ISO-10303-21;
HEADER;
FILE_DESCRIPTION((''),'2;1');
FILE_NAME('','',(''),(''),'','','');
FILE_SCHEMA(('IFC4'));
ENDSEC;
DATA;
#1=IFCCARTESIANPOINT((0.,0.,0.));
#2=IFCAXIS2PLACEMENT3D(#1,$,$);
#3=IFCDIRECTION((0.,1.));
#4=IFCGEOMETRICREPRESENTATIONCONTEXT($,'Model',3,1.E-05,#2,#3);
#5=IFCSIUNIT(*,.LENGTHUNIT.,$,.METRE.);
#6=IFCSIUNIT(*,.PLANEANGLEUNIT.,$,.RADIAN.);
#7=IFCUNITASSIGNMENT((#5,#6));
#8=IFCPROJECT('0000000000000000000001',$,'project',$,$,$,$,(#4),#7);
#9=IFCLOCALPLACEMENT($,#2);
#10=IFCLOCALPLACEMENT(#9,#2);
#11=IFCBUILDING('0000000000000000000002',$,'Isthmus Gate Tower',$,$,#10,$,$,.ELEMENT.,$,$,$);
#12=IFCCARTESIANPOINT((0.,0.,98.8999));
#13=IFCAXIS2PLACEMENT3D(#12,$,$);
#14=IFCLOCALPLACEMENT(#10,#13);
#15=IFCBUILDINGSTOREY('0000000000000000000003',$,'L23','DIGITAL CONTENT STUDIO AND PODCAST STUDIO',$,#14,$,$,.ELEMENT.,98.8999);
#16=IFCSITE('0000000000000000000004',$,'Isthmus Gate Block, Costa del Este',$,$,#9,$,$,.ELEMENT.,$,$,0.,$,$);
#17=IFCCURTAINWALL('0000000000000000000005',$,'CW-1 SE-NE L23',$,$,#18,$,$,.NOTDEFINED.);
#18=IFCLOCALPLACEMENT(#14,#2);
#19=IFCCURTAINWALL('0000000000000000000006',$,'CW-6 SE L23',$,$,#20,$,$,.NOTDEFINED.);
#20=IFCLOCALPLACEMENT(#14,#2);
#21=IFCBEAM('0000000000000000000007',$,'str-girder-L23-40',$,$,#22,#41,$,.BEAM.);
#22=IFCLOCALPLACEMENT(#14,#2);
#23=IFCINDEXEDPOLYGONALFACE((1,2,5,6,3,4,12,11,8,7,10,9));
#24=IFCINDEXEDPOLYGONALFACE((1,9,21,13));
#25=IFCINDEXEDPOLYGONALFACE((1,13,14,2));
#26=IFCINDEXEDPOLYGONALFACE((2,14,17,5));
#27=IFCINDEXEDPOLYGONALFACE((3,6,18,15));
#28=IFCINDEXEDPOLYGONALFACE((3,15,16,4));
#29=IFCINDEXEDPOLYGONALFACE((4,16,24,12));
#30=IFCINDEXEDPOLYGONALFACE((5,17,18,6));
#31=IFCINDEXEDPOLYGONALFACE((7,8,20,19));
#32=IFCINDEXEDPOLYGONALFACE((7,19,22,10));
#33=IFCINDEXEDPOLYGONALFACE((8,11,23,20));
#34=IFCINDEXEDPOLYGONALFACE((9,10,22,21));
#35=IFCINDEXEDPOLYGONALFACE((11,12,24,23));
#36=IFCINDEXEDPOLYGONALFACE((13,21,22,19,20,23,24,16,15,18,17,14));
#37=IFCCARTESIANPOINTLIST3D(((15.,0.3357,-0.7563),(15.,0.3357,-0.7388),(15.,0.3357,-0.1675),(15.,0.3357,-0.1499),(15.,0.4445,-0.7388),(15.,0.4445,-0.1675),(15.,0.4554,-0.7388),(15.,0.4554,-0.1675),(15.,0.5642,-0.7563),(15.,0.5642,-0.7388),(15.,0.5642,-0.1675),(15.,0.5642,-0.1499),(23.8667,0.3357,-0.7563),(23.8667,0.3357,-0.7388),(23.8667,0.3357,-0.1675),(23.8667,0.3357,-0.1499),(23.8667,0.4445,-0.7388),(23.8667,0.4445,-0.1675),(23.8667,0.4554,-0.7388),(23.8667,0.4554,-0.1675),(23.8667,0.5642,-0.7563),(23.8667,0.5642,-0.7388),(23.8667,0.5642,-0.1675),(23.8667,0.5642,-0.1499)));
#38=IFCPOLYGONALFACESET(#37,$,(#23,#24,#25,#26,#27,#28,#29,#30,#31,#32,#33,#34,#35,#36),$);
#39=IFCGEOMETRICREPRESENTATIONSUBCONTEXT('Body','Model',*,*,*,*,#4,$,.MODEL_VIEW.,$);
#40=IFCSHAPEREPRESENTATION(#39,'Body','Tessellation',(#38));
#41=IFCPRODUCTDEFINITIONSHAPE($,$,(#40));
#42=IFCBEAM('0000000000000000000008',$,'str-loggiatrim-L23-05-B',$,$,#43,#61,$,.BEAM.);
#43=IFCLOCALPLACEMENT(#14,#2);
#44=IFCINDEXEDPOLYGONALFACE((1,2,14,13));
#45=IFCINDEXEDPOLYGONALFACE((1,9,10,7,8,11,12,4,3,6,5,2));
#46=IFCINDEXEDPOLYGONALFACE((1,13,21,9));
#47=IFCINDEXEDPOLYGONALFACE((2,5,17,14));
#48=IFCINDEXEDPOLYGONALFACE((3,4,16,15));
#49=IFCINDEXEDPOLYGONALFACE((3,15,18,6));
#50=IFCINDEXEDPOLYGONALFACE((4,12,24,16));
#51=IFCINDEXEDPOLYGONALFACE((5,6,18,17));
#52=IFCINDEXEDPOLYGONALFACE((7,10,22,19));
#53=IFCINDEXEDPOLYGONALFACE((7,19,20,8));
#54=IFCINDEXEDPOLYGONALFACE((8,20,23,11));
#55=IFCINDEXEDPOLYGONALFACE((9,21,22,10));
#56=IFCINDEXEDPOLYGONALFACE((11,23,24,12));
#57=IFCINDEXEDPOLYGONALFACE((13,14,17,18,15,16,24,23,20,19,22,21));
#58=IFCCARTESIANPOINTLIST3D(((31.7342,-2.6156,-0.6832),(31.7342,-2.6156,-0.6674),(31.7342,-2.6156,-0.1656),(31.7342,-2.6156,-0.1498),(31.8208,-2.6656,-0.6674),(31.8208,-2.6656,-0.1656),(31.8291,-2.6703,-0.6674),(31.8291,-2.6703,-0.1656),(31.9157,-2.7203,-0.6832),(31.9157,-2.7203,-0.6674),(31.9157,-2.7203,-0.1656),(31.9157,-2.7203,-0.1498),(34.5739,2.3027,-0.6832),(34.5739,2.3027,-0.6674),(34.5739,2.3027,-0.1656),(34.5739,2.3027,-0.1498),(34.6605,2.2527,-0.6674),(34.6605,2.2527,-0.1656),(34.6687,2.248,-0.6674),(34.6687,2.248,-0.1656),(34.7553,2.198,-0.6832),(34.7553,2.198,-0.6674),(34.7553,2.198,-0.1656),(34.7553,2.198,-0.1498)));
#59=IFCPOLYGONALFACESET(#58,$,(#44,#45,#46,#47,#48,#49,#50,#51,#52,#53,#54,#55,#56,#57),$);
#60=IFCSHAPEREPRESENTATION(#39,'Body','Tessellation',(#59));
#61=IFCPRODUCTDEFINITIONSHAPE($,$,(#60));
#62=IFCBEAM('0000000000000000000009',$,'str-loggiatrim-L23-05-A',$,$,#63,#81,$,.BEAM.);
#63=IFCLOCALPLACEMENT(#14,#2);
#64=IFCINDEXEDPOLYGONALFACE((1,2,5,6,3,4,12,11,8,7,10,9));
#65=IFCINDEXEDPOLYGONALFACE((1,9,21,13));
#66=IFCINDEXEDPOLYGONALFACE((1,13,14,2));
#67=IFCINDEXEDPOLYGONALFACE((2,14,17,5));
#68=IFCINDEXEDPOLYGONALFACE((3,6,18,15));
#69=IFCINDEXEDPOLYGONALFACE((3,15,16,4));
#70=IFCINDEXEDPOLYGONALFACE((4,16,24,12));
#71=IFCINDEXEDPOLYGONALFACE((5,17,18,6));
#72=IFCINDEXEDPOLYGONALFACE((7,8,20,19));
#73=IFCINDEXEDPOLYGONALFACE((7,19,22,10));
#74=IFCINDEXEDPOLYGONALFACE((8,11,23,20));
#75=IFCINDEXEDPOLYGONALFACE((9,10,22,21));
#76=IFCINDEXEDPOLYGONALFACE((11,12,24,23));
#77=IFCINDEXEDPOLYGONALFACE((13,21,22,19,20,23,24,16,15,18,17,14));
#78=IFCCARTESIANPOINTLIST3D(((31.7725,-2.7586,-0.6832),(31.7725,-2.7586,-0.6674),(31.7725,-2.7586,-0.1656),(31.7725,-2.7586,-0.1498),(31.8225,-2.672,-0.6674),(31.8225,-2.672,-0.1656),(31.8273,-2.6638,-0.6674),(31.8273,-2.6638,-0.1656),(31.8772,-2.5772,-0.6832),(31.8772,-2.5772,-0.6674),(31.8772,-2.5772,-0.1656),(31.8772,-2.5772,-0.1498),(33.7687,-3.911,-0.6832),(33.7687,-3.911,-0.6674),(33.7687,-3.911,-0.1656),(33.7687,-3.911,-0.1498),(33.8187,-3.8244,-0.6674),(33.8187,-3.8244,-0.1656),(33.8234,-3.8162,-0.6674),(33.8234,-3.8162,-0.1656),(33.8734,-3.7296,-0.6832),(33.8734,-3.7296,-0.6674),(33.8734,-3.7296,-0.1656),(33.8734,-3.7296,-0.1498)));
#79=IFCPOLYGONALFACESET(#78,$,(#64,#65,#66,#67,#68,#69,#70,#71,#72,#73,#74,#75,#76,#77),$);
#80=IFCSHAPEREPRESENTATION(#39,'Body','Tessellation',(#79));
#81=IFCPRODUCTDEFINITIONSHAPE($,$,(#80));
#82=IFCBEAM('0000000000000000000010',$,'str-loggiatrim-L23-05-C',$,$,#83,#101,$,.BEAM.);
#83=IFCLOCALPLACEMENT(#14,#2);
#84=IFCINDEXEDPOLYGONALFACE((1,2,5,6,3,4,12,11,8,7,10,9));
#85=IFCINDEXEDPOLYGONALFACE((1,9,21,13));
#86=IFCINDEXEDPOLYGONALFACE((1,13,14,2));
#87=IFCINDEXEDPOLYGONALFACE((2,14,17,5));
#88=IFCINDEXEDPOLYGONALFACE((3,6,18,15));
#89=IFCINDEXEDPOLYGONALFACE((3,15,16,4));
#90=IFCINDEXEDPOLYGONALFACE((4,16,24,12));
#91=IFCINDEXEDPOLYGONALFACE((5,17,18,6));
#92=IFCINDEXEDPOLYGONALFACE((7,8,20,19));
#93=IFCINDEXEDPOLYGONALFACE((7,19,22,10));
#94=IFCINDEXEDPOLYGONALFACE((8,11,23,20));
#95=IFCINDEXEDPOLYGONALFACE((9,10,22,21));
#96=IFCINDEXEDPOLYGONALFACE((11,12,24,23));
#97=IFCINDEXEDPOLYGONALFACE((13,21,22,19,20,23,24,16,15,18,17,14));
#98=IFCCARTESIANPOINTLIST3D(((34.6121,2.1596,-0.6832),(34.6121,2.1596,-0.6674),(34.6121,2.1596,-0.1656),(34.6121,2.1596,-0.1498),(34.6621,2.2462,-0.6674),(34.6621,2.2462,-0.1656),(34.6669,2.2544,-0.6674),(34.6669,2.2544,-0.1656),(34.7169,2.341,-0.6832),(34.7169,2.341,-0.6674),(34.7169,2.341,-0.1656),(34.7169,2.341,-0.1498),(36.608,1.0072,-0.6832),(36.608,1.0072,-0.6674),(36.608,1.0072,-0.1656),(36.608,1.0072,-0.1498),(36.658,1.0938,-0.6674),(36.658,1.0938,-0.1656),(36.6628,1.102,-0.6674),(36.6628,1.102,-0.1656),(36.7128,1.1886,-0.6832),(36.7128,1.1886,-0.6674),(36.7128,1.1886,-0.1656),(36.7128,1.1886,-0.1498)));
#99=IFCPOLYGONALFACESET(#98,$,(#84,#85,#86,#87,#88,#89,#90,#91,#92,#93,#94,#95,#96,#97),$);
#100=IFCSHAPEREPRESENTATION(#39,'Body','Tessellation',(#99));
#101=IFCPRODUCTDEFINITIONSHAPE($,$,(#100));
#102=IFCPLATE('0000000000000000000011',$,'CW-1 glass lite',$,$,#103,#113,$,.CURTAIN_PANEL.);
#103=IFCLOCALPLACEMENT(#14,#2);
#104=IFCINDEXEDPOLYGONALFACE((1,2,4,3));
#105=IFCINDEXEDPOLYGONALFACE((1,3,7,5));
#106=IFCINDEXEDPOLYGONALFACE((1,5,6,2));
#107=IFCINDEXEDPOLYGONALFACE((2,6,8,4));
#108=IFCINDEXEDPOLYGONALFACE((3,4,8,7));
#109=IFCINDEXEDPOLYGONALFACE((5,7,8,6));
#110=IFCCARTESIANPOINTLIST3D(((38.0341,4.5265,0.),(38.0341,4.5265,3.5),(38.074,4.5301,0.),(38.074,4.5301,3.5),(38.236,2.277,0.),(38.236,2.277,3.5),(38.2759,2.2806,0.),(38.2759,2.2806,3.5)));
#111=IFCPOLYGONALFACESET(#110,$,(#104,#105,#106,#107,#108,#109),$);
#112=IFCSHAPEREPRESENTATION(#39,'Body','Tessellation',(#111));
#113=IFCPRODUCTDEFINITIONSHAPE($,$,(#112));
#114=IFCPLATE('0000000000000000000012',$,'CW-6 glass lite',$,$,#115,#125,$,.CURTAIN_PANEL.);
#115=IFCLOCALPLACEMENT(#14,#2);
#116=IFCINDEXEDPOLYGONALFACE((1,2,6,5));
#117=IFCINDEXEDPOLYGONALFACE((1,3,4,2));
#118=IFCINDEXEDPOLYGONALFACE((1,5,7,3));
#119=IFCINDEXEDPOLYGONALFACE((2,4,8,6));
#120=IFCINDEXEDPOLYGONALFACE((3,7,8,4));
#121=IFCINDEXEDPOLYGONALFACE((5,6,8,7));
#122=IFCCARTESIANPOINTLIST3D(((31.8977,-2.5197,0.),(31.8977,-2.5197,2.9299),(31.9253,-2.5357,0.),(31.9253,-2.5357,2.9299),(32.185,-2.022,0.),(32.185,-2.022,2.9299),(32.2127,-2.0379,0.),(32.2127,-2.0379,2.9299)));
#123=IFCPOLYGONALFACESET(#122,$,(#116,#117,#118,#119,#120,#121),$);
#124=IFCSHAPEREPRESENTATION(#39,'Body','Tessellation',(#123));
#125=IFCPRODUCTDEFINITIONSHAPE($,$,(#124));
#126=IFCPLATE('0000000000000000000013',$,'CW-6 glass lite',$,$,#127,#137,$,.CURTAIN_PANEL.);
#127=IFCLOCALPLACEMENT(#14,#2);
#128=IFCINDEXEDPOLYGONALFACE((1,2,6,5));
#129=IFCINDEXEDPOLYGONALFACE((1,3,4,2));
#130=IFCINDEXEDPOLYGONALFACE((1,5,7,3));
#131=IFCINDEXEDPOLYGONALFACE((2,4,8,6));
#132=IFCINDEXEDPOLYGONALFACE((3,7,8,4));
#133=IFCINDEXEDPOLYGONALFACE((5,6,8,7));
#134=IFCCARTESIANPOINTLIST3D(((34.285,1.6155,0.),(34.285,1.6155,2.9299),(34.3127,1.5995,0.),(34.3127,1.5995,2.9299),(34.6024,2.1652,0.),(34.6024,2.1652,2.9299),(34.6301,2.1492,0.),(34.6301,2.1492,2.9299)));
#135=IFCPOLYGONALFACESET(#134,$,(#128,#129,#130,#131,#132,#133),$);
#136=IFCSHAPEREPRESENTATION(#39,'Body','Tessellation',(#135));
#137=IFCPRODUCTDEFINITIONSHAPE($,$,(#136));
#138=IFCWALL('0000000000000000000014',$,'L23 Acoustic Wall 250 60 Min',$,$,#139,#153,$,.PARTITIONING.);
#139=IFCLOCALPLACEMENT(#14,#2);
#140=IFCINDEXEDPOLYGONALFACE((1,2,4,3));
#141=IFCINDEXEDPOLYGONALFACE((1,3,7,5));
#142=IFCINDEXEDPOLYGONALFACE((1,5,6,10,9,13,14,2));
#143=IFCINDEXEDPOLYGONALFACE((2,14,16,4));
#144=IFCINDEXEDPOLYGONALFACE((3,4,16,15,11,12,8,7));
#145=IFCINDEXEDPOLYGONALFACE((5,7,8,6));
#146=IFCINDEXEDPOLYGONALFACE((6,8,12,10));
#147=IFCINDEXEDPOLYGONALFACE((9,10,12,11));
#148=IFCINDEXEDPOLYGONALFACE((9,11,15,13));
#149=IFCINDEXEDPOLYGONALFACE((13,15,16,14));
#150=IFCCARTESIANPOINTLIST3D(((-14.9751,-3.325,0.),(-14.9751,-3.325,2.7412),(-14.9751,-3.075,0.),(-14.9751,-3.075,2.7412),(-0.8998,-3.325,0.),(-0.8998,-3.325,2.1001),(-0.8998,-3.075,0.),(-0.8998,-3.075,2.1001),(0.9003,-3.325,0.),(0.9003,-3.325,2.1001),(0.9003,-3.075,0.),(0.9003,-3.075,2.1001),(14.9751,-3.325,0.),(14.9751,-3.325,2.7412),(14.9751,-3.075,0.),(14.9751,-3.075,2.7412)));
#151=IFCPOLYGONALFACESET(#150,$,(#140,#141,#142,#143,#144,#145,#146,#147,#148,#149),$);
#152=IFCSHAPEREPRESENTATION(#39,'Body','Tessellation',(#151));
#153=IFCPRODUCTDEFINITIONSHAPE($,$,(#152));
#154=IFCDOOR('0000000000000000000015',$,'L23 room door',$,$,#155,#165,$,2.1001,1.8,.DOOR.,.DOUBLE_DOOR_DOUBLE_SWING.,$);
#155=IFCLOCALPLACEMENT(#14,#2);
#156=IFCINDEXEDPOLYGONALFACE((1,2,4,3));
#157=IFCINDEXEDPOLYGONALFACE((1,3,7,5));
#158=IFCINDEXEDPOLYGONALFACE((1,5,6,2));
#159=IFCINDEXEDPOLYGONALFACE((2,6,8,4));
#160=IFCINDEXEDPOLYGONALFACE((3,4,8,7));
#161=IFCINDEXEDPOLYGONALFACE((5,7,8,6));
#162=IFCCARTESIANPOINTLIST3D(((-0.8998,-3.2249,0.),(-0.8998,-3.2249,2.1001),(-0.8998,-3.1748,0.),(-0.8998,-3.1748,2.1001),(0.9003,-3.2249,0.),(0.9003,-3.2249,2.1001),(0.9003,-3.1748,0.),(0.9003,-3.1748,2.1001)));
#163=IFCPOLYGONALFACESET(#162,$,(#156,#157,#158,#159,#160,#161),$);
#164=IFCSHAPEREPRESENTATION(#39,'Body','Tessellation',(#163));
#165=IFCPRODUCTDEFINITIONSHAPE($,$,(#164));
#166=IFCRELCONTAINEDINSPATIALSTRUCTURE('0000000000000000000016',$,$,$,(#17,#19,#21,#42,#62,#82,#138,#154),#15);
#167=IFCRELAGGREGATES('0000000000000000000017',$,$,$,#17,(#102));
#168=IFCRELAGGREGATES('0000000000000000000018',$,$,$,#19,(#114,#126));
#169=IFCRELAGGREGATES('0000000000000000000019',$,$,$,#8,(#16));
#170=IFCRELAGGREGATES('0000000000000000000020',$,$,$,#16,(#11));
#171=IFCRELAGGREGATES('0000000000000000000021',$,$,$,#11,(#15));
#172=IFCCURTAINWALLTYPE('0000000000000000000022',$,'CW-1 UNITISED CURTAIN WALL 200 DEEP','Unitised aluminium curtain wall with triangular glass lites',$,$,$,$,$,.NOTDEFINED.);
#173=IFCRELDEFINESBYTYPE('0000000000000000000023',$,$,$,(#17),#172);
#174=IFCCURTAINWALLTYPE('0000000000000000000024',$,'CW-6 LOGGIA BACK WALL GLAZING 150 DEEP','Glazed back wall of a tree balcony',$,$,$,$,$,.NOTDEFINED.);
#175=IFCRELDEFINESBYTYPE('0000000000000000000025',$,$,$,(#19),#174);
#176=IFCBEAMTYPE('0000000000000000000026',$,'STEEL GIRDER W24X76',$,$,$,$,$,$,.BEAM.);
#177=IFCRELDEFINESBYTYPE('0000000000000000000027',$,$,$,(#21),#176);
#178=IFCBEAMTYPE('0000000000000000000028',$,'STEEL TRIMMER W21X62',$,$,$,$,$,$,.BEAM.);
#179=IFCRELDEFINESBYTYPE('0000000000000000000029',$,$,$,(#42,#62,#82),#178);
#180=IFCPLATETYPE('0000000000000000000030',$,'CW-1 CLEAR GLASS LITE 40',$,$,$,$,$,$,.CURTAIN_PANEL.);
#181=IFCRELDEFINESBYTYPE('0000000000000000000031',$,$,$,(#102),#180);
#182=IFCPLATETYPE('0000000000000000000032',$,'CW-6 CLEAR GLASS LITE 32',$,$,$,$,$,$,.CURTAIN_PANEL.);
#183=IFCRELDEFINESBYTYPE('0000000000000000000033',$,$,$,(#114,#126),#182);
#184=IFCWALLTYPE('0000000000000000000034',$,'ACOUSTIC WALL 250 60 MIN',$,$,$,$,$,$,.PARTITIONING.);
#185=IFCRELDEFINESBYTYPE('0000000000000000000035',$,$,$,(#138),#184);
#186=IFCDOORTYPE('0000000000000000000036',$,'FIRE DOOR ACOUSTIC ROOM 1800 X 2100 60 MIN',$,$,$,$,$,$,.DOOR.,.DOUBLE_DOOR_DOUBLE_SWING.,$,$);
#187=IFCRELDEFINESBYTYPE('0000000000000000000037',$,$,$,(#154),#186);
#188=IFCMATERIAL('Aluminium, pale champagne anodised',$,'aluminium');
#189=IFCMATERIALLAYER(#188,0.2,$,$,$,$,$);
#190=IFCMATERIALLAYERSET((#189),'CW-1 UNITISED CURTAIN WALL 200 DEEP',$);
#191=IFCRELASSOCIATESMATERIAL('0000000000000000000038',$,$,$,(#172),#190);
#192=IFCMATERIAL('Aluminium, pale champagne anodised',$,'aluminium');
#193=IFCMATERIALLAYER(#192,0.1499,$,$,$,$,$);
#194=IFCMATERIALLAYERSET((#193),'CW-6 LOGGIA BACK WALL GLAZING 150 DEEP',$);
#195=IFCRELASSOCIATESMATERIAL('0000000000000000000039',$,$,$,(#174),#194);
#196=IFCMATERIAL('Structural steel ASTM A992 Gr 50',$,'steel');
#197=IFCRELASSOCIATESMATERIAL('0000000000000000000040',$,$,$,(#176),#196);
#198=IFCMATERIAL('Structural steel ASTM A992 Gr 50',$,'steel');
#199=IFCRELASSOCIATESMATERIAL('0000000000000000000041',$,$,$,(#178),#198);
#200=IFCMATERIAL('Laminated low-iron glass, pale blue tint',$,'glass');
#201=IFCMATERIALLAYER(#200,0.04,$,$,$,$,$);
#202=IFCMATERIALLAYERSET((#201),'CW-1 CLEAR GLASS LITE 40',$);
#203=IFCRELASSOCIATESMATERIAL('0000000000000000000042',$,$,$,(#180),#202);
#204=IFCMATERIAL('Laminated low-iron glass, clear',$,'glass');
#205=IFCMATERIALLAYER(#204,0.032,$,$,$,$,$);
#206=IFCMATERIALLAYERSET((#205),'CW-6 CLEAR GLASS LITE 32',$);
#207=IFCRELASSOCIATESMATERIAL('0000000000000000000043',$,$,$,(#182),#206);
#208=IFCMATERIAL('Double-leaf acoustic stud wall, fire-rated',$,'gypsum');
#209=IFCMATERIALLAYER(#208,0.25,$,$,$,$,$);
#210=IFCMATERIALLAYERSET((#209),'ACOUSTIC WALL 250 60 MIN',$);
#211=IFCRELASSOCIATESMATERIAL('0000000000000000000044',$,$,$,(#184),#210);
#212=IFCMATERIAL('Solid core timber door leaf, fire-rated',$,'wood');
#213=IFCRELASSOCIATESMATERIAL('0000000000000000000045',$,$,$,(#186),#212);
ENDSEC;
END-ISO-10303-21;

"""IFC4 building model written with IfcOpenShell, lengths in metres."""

from ifc_helpers import new_model, si_unit, direction, frame, frame_2d, origin, origin_2d, place, context, subcontext, project, spatial, rectangle, i_section, extrude, material, layer, layer_set, material_profile, profile_set, type_object, element, fill, aggregate, save


model = new_model("IFC4")

# Units and contexts
model_context = context("Model", 3, precision=1e-05, world=origin(), true_north=direction((0.0, 1.0)))
body_context = subcontext(model_context, "Body", "Model", "MODEL_VIEW")
ifc_project = project(units=[si_unit("LENGTHUNIT", "METRE"), si_unit("PLANEANGLEUNIT", "RADIAN")], contexts=[model_context])

# Site, building, storey
site_placement = place(None, origin())
site = spatial("IfcSite", under=ifc_project, at=site_placement, Name="Isthmus Gate Block, Costa del Este", CompositionType="ELEMENT", RefElevation=0.0)
building_placement = place(site_placement, origin())
building = spatial("IfcBuilding", under=site, at=building_placement, Name="Isthmus Gate Tower", CompositionType="ELEMENT")
storey_placement = place(building_placement, frame((0.0, 0.0, 98.8999)))
storey = spatial("IfcBuildingStorey", under=building, at=storey_placement, Name="L23", Description="DIGITAL CONTENT STUDIO AND PODCAST STUDIO", CompositionType="ELEMENT", Elevation=98.8999)

# Curtain walls
ifc_material_1 = material(Name="Aluminium, pale champagne anodised", Category="aluminium")
ifc_layer_1 = layer(ifc_material_1, 0.2)
ifc_layer_set_1 = layer_set([ifc_layer_1], Name="CW-1 UNITISED CURTAIN WALL 200 DEEP")
curtain_wall_type_1 = type_object("IfcCurtainWallType", Name="CW-1 UNITISED CURTAIN WALL 200 DEEP", Description="Unitised aluminium curtain wall with triangular glass lites", PredefinedType="NOTDEFINED", material=ifc_layer_set_1)
curtain_wall_1_placement = place(storey_placement, origin())
curtain_wall_1 = element("IfcCurtainWall", 1, at=curtain_wall_1_placement, inside=storey, type_object=curtain_wall_type_1, Name="CW-1 SE-NE L23", PredefinedType="NOTDEFINED")
ifc_material_2 = material(Name="Aluminium, pale champagne anodised", Category="aluminium")
ifc_layer_2 = layer(ifc_material_2, 0.1499)
ifc_layer_set_2 = layer_set([ifc_layer_2], Name="CW-6 LOGGIA BACK WALL GLAZING 150 DEEP")
curtain_wall_type_2 = type_object("IfcCurtainWallType", Name="CW-6 LOGGIA BACK WALL GLAZING 150 DEEP", Description="Glazed back wall of a tree balcony", PredefinedType="NOTDEFINED", material=ifc_layer_set_2)
curtain_wall_2_placement = place(storey_placement, origin())
curtain_wall_2 = element("IfcCurtainWall", 2, at=curtain_wall_2_placement, inside=storey, type_object=curtain_wall_type_2, Name="CW-6 SE L23", PredefinedType="NOTDEFINED")

# Beams
ifc_material_3 = material(Name="Structural steel ASTM A992 Gr 50", Category="steel")
ifc_material_profile_1 = material_profile(ifc_material_3, i_section(OverallWidth=0.2285, OverallDepth=0.6064, WebThickness=0.011, FlangeThickness=0.0176, at=origin_2d()), Name="W24X76")
ifc_profile_set_1 = profile_set([ifc_material_profile_1], Name="Structural steel ASTM A992 Gr 50")
beam_type_1 = type_object("IfcBeamType", Name="STEEL GIRDER W24X76", PredefinedType="BEAM", material=ifc_profile_set_1)
beam_1_placement = place(storey_placement, frame((15.0, 0.45, -0.4531), z_axis=(1.0, 0.0, 0.0), x_axis=(0.0, 1.0, 0.0)))
element("IfcBeam", 3, at=beam_1_placement, inside=storey, type_object=beam_type_1, Name="str-girder-L23-40", PredefinedType="BEAM", context=body_context, shape_type="SweptSolid", body=[
    extrude(i_section(OverallWidth=0.2285, OverallDepth=0.6064, WebThickness=0.011, FlangeThickness=0.0176, at=origin_2d()), origin(), (0.0, 0.0, 1.0), 8.8667),
])
ifc_material_4 = material(Name="Structural steel ASTM A992 Gr 50", Category="steel")
ifc_material_profile_2 = material_profile(ifc_material_4, i_section(OverallWidth=0.2095, OverallDepth=0.5334, WebThickness=0.0095, FlangeThickness=0.0159, at=origin_2d()), Name="W21X62")
ifc_profile_set_2 = profile_set([ifc_material_profile_2], Name="Structural steel ASTM A992 Gr 50")
beam_type_2 = type_object("IfcBeamType", Name="STEEL TRIMMER W21X62", PredefinedType="BEAM", material=ifc_profile_set_2)
beam_2_placement = place(storey_placement, frame((31.825, -2.668, -0.4165), z_axis=(0.500009, 0.86602, 0.0), x_axis=(-0.86602, 0.500009, 0.0)))
element("IfcBeam", 4, at=beam_2_placement, inside=storey, type_object=beam_type_2, Name="str-loggiatrim-L23-05-B", PredefinedType="BEAM", context=body_context, shape_type="SweptSolid", body=[
    extrude(i_section(OverallWidth=0.2095, OverallDepth=0.5334, WebThickness=0.0095, FlangeThickness=0.0159, at=origin_2d()), origin(), (0.0, 0.0, 1.0), 5.6792),
])
beam_3_placement = place(storey_placement, frame((33.821, -3.8203, -0.4165), z_axis=(-0.866044, 0.499967, 0.0), x_axis=(-0.499967, -0.866044, 0.0)))
element("IfcBeam", 5, at=beam_3_placement, inside=storey, type_object=beam_type_2, Name="str-loggiatrim-L23-05-A", PredefinedType="BEAM", context=body_context, shape_type="SweptSolid", body=[
    extrude(i_section(OverallWidth=0.2095, OverallDepth=0.5334, WebThickness=0.0095, FlangeThickness=0.0159, at=origin_2d()), origin(), (0.0, 0.0, 1.0), 2.3049),
])
beam_4_placement = place(storey_placement, frame((36.6604, 1.0979, -0.4165), z_axis=(-0.866018, 0.500013, 0.0), x_axis=(-0.500013, -0.866018, 0.0)))
element("IfcBeam", 6, at=beam_4_placement, inside=storey, type_object=beam_type_2, Name="str-loggiatrim-L23-05-C", PredefinedType="BEAM", context=body_context, shape_type="SweptSolid", body=[
    extrude(i_section(OverallWidth=0.2095, OverallDepth=0.5334, WebThickness=0.0095, FlangeThickness=0.0159, at=origin_2d()), origin(), (0.0, 0.0, 1.0), 2.3047),
])

# Plates
ifc_material_5 = material(Name="Laminated low-iron glass, pale blue tint", Category="glass")
ifc_layer_3 = layer(ifc_material_5, 0.04)
ifc_layer_set_3 = layer_set([ifc_layer_3], Name="CW-1 CLEAR GLASS LITE 40")
plate_type_1 = type_object("IfcPlateType", Name="CW-1 CLEAR GLASS LITE 40", PredefinedType="CURTAIN_PANEL", material=ifc_layer_set_3)
plate_1_placement = place(storey_placement, frame((38.155, 3.4036, 0.0), z_axis=(0.0, 0.0, 1.0), x_axis=(-0.089397, 0.995996, 0.0)))
plate_1 = element("IfcPlate", 7, at=plate_1_placement, type_object=plate_type_1, Name="CW-1 glass lite", PredefinedType="CURTAIN_PANEL", context=body_context, shape_type="SweptSolid", body=[
    extrude(rectangle(XDim=2.2585, YDim=0.04, at=origin_2d()), origin(), (0.0, 0.0, 1.0), 3.5),
])
aggregate(curtain_wall_1, [plate_1])
ifc_material_6 = material(Name="Laminated low-iron glass, clear", Category="glass")
ifc_layer_4 = layer(ifc_material_6, 0.032)
ifc_layer_set_4 = layer_set([ifc_layer_4], Name="CW-6 CLEAR GLASS LITE 32")
plate_type_2 = type_object("IfcPlateType", Name="CW-6 CLEAR GLASS LITE 32", PredefinedType="CURTAIN_PANEL", material=ifc_layer_set_4)
plate_2_placement = place(storey_placement, frame((32.0552, -2.2788, 0.0), z_axis=(0.0, 0.0, 1.0), x_axis=(0.5, 0.866025, 0.0)))
plate_2 = element("IfcPlate", 8, at=plate_2_placement, type_object=plate_type_2, Name="CW-6 glass lite", PredefinedType="CURTAIN_PANEL", context=body_context, shape_type="SweptSolid", body=[
    extrude(rectangle(XDim=0.5747, YDim=0.032, at=origin_2d()), origin(), (0.0, 0.0, 1.0), 2.9299),
])
plate_3_placement = place(storey_placement, frame((34.4575, 1.8823, 0.0), z_axis=(0.0, 0.0, 1.0), x_axis=(0.5, 0.866025, 0.0)))
plate_3 = element("IfcPlate", 9, at=plate_3_placement, type_object=plate_type_2, Name="CW-6 glass lite", PredefinedType="CURTAIN_PANEL", context=body_context, shape_type="SweptSolid", body=[
    extrude(rectangle(XDim=0.6348, YDim=0.032, at=origin_2d()), origin(), (0.0, 0.0, 1.0), 2.9299),
])
aggregate(curtain_wall_2, [plate_2, plate_3])

# Wall, opening, door
ifc_material_7 = material(Name="Double-leaf acoustic stud wall, fire-rated", Category="gypsum")
ifc_layer_5 = layer(ifc_material_7, 0.25)
ifc_layer_set_5 = layer_set([ifc_layer_5], Name="ACOUSTIC WALL 250 60 MIN")
wall_type_1 = type_object("IfcWallType", Name="ACOUSTIC WALL 250 60 MIN", PredefinedType="PARTITIONING", material=ifc_layer_set_5)
wall_1_placement = place(storey_placement, frame((14.9751, -3.2, 0.0), z_axis=(0.0, 0.0, 1.0), x_axis=(-1.0, 0.0, 0.0)))
wall_1 = element("IfcWall", 10, at=wall_1_placement, inside=storey, type_object=wall_type_1, Name="L23 Acoustic Wall 250 60 Min", PredefinedType="PARTITIONING", context=body_context, shape_type="SweptSolid", body=[
    extrude(rectangle(XDim=29.9502, YDim=0.25, at=frame_2d((14.9751, 0.0))), origin(), (0.0, 0.0, 1.0), 2.7412),
])
opening_1_placement = place(wall_1_placement, frame((14.075, 0.0, 0.0)))
opening_1 = element("IfcOpeningElement", 11, at=opening_1_placement, cuts=wall_1, PredefinedType="OPENING", context=body_context, shape_type="SweptSolid", body=[
    extrude(rectangle(XDim=1.8, YDim=2.1001, at=frame_2d((0.8999, 1.05))), frame((0.0, 0.135, 0.0), z_axis=(0.0, -1.0, 0.0), x_axis=(1.0, 0.0, 0.0)), (0.0, 0.0, 1.0), 0.27),
])
ifc_material_8 = material(Name="Solid core timber door leaf, fire-rated", Category="wood")
door_type_1 = type_object("IfcDoorType", Name="FIRE DOOR ACOUSTIC ROOM 1800 X 2100 60 MIN", OperationType="DOUBLE_DOOR_DOUBLE_SWING", PredefinedType="DOOR", material=ifc_material_8)
door_1_placement = place(opening_1_placement, origin())
door_1 = element("IfcDoor", 12, at=door_1_placement, inside=storey, type_object=door_type_1, Name="L23 room door", OperationType="DOUBLE_DOOR_DOUBLE_SWING", OverallHeight=2.1001, OverallWidth=1.8, PredefinedType="DOOR", context=body_context, shape_type="SweptSolid", body=[
    extrude(rectangle(XDim=1.8, YDim=2.1001, at=frame_2d((0.8999, 1.05))), frame((0.0, 0.0249, 0.0), z_axis=(0.0, -1.0, 0.0), x_axis=(1.0, 0.0, 0.0)), (0.0, 0.0, 1.0), 0.05),
])
fill(opening_1, door_1)

save(model, "model.ifc")
